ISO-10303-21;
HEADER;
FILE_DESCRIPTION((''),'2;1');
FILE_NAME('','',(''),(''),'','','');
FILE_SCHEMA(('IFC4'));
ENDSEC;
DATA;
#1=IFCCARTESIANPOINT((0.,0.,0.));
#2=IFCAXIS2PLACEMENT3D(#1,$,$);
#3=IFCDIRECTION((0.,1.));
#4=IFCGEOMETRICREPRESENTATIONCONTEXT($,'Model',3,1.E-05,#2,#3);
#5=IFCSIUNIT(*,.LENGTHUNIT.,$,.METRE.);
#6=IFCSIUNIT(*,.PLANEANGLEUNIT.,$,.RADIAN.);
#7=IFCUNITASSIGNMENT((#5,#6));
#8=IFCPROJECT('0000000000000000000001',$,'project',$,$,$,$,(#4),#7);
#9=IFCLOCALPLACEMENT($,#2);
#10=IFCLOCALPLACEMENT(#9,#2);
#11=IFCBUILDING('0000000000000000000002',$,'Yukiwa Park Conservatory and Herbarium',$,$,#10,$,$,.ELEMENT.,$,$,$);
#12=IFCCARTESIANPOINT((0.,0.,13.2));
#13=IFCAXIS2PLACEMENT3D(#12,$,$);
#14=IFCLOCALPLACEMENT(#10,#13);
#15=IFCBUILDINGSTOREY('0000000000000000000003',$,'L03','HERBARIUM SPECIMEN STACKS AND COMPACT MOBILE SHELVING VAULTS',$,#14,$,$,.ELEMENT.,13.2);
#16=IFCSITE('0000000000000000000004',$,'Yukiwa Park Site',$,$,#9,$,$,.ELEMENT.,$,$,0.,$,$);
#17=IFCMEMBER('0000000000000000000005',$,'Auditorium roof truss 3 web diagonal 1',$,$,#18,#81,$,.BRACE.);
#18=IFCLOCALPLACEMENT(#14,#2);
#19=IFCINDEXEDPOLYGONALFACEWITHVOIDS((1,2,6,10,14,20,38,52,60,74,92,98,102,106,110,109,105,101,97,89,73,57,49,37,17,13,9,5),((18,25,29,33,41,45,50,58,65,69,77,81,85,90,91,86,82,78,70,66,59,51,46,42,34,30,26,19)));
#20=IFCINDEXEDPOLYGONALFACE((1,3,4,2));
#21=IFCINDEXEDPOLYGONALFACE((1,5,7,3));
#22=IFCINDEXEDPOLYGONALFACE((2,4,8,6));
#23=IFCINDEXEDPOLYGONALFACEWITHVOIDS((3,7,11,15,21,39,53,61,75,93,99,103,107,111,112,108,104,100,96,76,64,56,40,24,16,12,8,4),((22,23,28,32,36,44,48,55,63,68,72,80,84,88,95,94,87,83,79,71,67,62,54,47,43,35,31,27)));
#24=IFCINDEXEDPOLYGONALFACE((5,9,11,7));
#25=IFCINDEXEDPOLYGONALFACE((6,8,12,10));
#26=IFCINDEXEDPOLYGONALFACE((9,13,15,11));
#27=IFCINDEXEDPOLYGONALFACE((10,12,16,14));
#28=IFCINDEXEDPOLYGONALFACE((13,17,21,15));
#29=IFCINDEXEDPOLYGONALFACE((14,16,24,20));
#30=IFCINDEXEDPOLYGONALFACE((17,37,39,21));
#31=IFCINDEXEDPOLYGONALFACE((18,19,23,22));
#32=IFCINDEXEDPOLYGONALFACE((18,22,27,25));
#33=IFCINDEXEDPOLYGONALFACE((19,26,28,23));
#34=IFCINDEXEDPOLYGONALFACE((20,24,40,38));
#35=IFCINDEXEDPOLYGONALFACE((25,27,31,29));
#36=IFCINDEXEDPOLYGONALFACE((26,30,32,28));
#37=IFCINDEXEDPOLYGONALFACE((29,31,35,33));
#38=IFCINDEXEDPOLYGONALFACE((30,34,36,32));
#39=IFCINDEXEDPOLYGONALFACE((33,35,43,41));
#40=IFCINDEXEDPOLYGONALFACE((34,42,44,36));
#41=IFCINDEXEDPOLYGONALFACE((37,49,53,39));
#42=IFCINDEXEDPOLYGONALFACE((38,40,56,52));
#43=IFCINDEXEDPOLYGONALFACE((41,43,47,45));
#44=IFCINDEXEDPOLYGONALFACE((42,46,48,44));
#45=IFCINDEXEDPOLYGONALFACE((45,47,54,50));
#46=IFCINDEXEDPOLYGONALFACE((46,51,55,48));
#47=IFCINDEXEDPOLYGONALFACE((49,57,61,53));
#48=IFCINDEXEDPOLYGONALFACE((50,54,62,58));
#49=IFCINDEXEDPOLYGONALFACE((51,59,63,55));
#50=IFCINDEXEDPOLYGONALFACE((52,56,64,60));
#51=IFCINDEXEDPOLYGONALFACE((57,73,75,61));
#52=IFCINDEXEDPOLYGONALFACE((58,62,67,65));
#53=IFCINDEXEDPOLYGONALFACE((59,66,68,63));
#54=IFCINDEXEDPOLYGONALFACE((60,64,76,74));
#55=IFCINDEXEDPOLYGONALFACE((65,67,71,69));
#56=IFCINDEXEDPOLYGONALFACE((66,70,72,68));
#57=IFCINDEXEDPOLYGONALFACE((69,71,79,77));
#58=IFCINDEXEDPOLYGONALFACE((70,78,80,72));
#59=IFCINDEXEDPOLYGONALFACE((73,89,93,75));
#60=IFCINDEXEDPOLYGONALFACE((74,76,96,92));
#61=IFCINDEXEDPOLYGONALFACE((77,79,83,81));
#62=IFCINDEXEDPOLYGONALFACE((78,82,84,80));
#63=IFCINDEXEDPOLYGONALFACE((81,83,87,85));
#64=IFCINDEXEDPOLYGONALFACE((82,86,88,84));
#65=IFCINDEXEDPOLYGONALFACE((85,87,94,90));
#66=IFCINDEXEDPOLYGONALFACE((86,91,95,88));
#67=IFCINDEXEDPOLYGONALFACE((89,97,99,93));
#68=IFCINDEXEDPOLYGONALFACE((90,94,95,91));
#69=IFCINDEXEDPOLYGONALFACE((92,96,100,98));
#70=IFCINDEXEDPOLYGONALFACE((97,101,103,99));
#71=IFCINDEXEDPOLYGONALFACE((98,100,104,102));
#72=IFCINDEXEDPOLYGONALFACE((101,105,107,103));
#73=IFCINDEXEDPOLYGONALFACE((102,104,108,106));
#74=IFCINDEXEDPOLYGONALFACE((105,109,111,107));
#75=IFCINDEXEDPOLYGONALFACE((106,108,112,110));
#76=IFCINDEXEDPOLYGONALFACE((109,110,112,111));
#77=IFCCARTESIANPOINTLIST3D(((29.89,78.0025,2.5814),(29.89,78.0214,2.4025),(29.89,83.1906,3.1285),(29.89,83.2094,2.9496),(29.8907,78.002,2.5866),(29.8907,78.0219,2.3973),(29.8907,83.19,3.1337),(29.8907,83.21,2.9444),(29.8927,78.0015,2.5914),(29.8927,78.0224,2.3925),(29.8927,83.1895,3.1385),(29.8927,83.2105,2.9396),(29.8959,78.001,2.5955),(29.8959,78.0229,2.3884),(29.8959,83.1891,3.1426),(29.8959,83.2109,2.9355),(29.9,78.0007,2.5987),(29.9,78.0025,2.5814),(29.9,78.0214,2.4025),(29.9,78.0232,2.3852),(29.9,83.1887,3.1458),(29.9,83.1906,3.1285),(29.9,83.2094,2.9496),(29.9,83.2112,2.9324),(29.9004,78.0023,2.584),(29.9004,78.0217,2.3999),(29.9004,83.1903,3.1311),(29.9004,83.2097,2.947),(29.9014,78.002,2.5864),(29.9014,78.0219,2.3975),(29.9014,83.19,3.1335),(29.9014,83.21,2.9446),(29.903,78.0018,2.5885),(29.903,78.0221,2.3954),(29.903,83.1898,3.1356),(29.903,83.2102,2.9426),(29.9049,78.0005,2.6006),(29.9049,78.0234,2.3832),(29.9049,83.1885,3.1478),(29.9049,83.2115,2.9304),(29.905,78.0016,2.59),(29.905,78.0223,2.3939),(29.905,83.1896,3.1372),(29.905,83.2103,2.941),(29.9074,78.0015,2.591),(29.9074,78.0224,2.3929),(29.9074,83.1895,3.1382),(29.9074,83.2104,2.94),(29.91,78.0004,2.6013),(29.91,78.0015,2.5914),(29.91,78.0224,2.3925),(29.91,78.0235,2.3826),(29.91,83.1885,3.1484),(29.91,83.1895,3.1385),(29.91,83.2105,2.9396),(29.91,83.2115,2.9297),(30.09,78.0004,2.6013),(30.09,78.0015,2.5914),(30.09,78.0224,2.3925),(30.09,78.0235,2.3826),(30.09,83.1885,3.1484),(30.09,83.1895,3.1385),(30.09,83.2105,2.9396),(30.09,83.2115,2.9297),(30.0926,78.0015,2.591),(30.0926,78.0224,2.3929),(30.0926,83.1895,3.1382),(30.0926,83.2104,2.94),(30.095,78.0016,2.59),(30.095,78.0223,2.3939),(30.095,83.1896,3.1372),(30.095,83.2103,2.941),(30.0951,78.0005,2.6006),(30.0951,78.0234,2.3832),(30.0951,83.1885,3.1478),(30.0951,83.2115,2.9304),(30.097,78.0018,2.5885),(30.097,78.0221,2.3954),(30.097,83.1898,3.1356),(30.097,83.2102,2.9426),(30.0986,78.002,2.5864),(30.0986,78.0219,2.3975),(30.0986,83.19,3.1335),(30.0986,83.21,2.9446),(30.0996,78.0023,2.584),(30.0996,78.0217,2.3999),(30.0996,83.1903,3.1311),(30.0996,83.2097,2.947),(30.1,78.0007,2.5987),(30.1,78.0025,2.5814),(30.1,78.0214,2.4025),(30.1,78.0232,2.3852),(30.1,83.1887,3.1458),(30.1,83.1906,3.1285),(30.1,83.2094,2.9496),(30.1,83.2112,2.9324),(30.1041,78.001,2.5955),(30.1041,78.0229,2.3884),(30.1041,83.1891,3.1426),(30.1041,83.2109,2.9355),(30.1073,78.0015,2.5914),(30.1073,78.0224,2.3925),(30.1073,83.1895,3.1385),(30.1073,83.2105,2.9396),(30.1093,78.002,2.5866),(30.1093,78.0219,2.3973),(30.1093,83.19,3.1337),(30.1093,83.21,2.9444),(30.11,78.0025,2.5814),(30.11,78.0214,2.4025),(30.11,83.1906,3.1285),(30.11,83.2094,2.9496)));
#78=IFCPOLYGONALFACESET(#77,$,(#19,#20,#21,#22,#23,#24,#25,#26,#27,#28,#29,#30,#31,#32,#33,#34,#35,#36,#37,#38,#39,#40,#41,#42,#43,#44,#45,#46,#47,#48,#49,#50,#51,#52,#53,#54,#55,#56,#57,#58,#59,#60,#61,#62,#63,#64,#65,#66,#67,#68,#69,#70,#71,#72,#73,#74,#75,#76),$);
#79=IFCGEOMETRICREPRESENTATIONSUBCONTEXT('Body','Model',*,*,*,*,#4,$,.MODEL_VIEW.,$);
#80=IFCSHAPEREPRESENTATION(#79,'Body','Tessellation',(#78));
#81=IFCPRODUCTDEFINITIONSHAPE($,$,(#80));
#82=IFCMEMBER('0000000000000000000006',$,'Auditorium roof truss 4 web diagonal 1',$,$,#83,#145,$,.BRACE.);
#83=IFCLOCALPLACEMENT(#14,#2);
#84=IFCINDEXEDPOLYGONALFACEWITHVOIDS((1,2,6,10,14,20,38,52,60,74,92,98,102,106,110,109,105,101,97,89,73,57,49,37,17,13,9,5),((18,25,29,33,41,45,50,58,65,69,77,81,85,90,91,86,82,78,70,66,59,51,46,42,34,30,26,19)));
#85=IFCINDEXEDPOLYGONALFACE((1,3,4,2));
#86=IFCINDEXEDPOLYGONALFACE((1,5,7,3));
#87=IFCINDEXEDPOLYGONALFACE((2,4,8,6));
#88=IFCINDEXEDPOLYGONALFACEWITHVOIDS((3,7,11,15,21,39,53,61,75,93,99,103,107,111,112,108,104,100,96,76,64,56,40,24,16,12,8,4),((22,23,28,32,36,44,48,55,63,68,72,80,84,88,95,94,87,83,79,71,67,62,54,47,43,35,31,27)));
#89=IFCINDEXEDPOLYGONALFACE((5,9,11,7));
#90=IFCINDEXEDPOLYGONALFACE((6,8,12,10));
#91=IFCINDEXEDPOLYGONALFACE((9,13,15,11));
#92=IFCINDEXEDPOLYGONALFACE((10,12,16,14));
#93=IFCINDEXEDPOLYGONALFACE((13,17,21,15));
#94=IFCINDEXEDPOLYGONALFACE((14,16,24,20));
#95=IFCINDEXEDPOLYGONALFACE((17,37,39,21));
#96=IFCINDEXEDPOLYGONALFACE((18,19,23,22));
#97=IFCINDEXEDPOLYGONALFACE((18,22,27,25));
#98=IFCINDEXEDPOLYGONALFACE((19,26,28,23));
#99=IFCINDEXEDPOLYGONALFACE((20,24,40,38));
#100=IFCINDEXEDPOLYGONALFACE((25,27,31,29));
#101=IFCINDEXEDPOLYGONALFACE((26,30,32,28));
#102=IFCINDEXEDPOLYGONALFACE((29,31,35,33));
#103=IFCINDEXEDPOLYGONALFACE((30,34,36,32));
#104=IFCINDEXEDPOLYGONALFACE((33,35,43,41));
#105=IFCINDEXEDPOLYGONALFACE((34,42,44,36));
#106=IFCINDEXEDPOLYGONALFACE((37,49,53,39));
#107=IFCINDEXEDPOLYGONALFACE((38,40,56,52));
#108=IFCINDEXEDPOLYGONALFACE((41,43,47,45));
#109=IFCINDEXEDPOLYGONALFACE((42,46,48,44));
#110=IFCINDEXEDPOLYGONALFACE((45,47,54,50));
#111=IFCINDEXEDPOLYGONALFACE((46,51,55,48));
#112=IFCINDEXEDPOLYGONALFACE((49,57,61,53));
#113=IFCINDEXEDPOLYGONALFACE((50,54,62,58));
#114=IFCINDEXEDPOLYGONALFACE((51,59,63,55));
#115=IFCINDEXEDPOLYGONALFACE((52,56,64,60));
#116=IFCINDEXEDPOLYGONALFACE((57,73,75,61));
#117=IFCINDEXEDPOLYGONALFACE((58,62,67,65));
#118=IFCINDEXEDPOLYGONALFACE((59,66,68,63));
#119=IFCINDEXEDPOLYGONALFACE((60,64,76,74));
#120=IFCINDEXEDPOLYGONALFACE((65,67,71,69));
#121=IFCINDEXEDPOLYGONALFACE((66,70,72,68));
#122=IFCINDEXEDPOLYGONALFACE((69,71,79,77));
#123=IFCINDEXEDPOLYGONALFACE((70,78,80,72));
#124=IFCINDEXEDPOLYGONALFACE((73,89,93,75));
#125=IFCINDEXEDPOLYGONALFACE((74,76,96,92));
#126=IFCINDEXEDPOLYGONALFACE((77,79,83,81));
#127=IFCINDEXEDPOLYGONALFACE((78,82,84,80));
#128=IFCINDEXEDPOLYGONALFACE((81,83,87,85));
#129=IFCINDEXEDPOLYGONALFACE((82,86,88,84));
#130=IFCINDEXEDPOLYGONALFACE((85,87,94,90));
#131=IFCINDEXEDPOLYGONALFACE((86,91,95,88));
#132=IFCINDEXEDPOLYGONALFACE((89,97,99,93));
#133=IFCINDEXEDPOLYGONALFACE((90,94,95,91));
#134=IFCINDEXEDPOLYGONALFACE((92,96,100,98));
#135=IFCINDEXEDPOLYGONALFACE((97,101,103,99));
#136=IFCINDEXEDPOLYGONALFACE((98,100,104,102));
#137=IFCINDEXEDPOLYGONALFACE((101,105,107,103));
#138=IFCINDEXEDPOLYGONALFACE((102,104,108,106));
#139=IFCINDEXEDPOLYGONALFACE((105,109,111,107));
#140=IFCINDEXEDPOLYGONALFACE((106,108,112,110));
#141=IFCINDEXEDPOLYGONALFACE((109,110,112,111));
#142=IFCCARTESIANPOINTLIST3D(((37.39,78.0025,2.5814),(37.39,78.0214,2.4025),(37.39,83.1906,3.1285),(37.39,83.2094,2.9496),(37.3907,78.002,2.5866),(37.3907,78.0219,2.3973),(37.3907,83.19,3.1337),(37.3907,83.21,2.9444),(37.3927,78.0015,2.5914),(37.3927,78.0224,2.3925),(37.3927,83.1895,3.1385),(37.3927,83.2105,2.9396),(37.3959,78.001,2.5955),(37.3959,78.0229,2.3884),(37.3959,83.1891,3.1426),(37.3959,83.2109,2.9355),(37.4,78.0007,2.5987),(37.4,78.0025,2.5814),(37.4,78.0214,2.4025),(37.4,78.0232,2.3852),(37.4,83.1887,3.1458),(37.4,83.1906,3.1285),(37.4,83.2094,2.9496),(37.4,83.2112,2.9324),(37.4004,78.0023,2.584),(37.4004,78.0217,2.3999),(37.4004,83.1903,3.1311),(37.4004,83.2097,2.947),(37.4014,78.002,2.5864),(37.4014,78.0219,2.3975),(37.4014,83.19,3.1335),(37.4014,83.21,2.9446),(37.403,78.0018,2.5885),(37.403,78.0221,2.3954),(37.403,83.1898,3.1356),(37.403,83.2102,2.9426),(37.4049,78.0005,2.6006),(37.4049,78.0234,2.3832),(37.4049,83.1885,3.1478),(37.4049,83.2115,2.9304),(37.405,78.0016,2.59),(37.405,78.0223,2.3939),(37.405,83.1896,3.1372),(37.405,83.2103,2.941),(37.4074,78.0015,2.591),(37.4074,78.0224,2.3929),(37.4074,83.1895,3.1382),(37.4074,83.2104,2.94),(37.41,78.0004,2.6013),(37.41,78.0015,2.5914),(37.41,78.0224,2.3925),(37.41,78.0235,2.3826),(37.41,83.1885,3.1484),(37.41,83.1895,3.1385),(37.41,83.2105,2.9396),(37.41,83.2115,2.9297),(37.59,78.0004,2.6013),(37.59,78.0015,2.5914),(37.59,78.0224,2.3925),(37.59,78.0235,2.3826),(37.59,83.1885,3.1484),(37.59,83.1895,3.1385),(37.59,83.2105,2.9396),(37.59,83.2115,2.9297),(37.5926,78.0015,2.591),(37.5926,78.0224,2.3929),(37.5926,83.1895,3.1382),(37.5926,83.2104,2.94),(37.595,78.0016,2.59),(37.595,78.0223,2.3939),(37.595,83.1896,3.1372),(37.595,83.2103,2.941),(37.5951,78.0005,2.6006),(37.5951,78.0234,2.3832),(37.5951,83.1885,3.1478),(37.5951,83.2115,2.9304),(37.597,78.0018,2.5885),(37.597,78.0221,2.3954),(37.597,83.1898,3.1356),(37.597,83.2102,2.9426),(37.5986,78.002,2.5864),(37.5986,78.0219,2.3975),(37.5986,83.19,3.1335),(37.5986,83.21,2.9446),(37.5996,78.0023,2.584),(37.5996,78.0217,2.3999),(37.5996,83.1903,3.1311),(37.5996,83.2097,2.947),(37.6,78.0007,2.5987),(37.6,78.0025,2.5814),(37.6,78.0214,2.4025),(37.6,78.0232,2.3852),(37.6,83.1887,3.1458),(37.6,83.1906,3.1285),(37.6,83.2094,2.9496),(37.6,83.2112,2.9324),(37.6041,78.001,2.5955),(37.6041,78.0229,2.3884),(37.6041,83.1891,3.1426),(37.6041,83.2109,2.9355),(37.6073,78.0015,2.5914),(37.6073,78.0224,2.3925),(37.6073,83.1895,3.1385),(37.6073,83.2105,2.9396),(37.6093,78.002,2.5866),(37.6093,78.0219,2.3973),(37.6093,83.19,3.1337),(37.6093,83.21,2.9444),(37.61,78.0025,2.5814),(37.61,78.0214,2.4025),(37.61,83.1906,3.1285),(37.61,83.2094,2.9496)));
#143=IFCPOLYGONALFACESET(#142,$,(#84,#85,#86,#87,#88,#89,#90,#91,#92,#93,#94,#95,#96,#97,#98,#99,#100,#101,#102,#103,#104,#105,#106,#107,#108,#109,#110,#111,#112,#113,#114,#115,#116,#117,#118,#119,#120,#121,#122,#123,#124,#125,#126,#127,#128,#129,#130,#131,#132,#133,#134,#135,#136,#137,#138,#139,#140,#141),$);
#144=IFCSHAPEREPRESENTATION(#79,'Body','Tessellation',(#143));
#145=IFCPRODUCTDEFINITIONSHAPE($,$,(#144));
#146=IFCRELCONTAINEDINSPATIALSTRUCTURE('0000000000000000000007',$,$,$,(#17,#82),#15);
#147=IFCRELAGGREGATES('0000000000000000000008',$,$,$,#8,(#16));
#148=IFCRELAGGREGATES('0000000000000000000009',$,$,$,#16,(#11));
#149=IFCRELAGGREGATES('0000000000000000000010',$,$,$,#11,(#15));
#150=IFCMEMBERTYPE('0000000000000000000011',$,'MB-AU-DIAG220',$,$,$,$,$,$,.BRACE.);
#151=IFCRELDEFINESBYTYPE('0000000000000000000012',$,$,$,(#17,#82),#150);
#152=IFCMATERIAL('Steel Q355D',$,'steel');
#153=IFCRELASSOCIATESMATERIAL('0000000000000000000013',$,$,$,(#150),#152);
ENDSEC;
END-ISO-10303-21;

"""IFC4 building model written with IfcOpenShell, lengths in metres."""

from ifc_helpers import new_model, si_unit, direction, frame, origin, origin_2d, place, context, subcontext, project, spatial, hollow_rectangle, extrude, material, material_profile, profile_set, type_object, element, save


model = new_model("IFC4")

# Units and contexts
model_context = context("Model", 3, precision=1e-05, world=origin(), true_north=direction((0.0, 1.0)))
body_context = subcontext(model_context, "Body", "Model", "MODEL_VIEW")
ifc_project = project(units=[si_unit("LENGTHUNIT", "METRE"), si_unit("PLANEANGLEUNIT", "RADIAN")], contexts=[model_context])

# Site, building, storey
site_placement = place(None, origin())
site = spatial("IfcSite", under=ifc_project, at=site_placement, Name="Yukiwa Park Site", CompositionType="ELEMENT", RefElevation=0.0)
building_placement = place(site_placement, origin())
building = spatial("IfcBuilding", under=site, at=building_placement, Name="Yukiwa Park Conservatory and Herbarium", CompositionType="ELEMENT")
storey_placement = place(building_placement, frame((0.0, 0.0, 13.2)))
storey = spatial("IfcBuildingStorey", under=building, at=storey_placement, Name="L03", Description="HERBARIUM SPECIMEN STACKS AND COMPACT MOBILE SHELVING VAULTS", CompositionType="ELEMENT", Elevation=13.2)

# Members
ifc_material_1 = material(Name="Steel Q355D", Category="steel")
ifc_material_profile_1 = material_profile(ifc_material_1, hollow_rectangle(XDim=0.22, YDim=0.22, WallThickness=0.01, InnerFilletRadius=0.01, OuterFilletRadius=0.02, at=origin_2d()), Name="SHS 220x220x10")
ifc_profile_set_1 = profile_set([ifc_material_profile_1], Name="Steel Q355D")
member_type_1 = type_object("IfcMemberType", Name="MB-AU-DIAG220", PredefinedType="BRACE", material=ifc_profile_set_1)
for number, where, z_axis, x_axis, name in (
    (1, (30.0, 78.012, 2.4919), (0.0, 0.994485, 0.104877), (-1.0, 0.0, 0.0), "Auditorium roof truss 3 web diagonal 1"),
    (2, (37.5, 78.012, 2.4919), (0.0, 0.994485, 0.104877), (-1.0, 0.0, 0.0), "Auditorium roof truss 4 web diagonal 1"),
):
    element("IfcMember", number, at=place(storey_placement, frame(where, z_axis=z_axis, x_axis=x_axis)), inside=storey, type_object=member_type_1, Name=name, PredefinedType="BRACE", context=body_context, shape_type="SweptSolid", body=[
        extrude(hollow_rectangle(XDim=0.22, YDim=0.22, WallThickness=0.01, InnerFilletRadius=0.01, OuterFilletRadius=0.02, at=origin_2d()), origin(), (0.0, 0.0, 1.0), 5.2168),
    ])

save(model, "model.ifc")
